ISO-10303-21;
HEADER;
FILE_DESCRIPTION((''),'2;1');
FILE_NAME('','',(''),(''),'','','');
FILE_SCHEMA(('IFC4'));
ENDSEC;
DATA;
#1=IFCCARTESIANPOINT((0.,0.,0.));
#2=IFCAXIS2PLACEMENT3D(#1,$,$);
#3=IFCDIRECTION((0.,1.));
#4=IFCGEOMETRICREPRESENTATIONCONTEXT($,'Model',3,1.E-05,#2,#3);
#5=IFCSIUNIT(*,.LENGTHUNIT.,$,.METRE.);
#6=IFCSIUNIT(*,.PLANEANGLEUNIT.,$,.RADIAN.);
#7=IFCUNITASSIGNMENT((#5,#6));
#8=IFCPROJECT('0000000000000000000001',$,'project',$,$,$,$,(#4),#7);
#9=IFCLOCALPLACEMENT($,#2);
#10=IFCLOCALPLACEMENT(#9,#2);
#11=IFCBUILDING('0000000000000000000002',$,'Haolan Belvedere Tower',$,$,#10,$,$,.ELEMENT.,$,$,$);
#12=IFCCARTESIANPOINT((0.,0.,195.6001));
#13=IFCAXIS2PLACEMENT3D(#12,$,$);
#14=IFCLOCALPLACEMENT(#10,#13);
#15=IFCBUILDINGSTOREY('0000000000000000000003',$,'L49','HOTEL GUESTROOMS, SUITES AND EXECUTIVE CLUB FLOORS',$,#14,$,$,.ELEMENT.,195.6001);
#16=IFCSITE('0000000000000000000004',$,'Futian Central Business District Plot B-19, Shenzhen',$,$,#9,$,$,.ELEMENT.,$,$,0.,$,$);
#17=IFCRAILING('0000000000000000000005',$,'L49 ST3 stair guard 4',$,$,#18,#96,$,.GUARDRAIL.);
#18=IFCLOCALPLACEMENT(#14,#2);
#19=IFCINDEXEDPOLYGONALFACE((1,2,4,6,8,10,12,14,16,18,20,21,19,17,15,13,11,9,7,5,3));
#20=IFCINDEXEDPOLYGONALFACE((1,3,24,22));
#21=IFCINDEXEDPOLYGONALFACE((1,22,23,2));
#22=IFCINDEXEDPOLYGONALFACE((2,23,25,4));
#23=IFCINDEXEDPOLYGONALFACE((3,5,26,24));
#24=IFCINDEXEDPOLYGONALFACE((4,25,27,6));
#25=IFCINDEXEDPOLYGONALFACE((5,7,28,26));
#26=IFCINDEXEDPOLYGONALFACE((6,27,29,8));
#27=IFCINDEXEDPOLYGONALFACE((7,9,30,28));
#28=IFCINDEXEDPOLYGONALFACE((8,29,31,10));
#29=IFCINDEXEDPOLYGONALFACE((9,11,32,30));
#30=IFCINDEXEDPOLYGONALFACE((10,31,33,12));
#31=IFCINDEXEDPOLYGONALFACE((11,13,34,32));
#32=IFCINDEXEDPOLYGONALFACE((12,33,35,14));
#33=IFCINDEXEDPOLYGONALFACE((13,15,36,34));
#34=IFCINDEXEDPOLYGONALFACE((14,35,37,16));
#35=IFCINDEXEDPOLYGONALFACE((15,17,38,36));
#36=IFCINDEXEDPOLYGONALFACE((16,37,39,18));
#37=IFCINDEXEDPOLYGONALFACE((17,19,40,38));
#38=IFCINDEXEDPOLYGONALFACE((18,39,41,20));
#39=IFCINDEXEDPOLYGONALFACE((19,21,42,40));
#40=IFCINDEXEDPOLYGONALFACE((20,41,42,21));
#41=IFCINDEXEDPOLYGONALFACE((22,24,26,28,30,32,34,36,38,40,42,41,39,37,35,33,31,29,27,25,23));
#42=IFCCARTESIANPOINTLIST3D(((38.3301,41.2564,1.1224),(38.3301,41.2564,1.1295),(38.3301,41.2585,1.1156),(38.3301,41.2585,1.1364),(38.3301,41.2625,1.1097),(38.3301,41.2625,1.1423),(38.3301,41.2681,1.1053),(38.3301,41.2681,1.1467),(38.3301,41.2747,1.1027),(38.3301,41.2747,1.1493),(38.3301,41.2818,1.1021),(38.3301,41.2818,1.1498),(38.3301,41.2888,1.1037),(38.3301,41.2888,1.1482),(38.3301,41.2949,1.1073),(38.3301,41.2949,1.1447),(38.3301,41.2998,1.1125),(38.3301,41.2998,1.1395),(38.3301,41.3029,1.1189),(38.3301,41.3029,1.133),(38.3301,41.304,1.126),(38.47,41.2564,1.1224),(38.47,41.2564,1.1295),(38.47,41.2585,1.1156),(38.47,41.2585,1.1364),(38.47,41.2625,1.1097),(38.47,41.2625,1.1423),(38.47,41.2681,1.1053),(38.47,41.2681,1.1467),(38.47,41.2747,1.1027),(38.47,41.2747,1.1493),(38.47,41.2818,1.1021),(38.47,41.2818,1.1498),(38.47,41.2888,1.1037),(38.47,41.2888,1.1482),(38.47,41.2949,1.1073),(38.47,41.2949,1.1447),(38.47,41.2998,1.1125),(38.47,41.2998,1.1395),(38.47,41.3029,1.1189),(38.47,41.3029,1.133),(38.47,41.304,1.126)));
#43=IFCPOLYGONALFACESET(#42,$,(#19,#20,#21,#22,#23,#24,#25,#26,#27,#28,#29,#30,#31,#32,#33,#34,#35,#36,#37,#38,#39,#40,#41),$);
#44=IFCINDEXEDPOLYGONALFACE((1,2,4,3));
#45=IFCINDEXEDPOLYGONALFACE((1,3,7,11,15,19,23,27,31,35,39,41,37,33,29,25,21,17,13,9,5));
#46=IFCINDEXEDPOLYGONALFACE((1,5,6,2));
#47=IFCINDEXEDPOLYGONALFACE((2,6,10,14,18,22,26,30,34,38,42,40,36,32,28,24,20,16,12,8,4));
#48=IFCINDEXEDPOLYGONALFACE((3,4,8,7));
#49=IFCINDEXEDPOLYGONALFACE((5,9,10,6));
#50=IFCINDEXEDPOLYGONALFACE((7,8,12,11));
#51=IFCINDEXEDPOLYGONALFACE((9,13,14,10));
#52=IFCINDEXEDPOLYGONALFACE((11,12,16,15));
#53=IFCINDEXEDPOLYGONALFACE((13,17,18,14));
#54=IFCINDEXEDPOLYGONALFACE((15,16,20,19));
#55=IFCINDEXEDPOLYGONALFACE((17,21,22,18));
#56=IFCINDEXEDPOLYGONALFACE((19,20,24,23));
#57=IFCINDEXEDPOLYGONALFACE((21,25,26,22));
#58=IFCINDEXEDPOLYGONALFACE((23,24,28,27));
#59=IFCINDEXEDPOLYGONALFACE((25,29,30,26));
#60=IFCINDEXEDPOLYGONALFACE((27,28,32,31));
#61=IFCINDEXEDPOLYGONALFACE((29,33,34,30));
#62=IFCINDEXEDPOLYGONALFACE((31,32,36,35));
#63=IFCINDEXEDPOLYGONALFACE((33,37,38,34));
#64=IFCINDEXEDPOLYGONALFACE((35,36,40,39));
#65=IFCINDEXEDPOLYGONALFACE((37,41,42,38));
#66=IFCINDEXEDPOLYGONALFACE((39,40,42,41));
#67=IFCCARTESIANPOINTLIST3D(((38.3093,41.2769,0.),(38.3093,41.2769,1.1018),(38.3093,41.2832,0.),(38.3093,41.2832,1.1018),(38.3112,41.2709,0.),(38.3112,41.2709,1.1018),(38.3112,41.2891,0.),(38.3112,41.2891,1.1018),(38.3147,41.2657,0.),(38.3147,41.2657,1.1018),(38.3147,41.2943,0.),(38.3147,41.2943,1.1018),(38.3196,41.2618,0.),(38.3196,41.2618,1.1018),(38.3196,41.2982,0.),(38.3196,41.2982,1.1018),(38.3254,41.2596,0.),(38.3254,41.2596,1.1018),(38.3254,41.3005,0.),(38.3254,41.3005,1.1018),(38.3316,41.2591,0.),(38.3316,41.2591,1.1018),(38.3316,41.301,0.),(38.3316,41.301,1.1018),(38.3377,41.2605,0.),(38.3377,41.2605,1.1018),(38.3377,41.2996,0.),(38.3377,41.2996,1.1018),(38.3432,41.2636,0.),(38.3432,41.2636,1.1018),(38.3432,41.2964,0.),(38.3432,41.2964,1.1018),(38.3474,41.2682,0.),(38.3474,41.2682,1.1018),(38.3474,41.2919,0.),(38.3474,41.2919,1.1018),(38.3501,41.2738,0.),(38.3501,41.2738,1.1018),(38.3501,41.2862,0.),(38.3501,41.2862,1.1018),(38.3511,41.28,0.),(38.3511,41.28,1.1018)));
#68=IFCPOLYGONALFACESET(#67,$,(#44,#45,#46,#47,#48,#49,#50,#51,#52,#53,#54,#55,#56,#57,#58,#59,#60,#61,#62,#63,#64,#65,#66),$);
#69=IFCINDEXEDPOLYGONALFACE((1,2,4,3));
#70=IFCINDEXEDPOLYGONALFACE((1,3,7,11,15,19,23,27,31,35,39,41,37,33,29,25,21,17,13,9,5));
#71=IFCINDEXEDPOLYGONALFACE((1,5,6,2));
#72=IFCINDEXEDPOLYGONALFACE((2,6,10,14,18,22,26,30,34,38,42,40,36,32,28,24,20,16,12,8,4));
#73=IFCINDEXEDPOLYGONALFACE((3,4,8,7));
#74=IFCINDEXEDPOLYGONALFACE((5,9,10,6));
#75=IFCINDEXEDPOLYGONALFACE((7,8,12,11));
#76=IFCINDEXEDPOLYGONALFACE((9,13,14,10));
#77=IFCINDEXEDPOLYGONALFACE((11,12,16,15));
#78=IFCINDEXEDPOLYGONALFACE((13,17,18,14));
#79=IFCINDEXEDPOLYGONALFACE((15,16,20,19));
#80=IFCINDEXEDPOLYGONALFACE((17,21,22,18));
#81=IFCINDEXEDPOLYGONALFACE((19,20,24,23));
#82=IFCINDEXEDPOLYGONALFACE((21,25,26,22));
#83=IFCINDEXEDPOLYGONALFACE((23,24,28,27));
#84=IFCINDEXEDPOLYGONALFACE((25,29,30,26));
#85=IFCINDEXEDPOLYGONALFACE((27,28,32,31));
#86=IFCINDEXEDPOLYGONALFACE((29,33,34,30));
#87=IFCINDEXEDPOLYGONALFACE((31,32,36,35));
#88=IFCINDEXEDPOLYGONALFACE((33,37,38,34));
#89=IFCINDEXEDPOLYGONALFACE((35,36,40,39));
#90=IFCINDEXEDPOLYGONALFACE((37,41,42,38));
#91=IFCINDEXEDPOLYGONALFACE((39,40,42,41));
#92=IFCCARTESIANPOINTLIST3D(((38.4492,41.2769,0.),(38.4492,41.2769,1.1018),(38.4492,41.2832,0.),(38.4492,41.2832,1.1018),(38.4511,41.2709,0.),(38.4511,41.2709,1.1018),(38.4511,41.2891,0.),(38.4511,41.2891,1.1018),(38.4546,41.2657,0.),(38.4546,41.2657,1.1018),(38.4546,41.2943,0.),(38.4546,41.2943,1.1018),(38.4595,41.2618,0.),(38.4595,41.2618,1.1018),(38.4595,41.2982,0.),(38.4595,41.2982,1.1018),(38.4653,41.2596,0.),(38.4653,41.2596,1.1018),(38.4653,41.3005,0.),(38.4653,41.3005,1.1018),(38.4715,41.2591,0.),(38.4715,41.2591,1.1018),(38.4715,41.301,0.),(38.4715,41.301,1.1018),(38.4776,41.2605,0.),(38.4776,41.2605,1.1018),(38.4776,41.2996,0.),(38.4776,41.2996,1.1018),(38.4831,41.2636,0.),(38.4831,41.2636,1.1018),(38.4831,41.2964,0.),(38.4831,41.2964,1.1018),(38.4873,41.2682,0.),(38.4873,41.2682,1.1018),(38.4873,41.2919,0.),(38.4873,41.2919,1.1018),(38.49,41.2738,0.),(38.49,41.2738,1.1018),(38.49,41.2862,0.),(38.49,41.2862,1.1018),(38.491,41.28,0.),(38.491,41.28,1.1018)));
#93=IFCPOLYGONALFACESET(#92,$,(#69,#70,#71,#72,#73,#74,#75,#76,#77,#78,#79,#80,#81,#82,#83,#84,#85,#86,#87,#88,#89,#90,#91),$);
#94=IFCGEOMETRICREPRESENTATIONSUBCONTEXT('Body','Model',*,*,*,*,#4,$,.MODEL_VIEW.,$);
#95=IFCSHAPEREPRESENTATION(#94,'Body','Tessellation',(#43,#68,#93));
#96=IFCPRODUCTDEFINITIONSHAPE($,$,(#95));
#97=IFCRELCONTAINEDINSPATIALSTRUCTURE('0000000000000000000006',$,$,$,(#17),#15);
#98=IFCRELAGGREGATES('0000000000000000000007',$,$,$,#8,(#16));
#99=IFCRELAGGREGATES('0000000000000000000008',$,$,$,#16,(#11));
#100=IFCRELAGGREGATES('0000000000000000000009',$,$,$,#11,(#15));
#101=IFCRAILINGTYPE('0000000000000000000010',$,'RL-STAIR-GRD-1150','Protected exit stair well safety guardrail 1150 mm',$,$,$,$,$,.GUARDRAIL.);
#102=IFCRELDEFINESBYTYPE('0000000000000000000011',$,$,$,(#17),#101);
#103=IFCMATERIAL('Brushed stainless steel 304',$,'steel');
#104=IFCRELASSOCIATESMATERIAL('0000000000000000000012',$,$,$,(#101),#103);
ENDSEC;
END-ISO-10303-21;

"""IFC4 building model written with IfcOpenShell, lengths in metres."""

from ifc_helpers import new_model, si_unit, direction, frame, origin, origin_2d, place, context, subcontext, project, spatial, circle, extrude, material, type_object, element, save


model = new_model("IFC4")

# Units and contexts
model_context = context("Model", 3, precision=1e-05, world=origin(), true_north=direction((0.0, 1.0)))
body_context = subcontext(model_context, "Body", "Model", "MODEL_VIEW")
ifc_project = project(units=[si_unit("LENGTHUNIT", "METRE"), si_unit("PLANEANGLEUNIT", "RADIAN")], contexts=[model_context])

# Site, building, storey
site_placement = place(None, origin())
site = spatial("IfcSite", under=ifc_project, at=site_placement, Name="Futian Central Business District Plot B-19, Shenzhen", CompositionType="ELEMENT", RefElevation=0.0)
building_placement = place(site_placement, origin())
building = spatial("IfcBuilding", under=site, at=building_placement, Name="Haolan Belvedere Tower", CompositionType="ELEMENT")
storey_placement = place(building_placement, frame((0.0, 0.0, 195.6001)))
storey = spatial("IfcBuildingStorey", under=building, at=storey_placement, Name="L49", Description="HOTEL GUESTROOMS, SUITES AND EXECUTIVE CLUB FLOORS", CompositionType="ELEMENT", Elevation=195.6001)

# Railing
ifc_material_1 = material(Name="Brushed stainless steel 304", Category="steel")
railing_type = type_object("IfcRailingType", Name="RL-STAIR-GRD-1150", Description="Protected exit stair well safety guardrail 1150 mm", PredefinedType="GUARDRAIL", material=ifc_material_1)
railing_1_placement = place(storey_placement, frame((38.3301, 41.28, 0.0)))
element("IfcRailing", 1, at=railing_1_placement, inside=storey, type_object=railing_type, Name="L49 ST3 stair guard 4", PredefinedType="GUARDRAIL", context=body_context, shape_type="SweptSolid", body=[
    extrude(circle(Radius=0.0239, at=origin_2d()), frame((0.0, 0.0, 1.126), z_axis=(1.0, 0.0, 0.0), x_axis=(0.0, 1.0, 0.0)), (0.0, 0.0, 1.0), 0.1399),
    extrude(circle(Radius=0.021, at=origin_2d()), origin(), (0.0, 0.0, 1.0), 1.1018),
    extrude(circle(Radius=0.021, at=origin_2d()), frame((0.1399, 0.0, 0.0)), (0.0, 0.0, 1.0), 1.1018),
])

save(model, "model.ifc")
